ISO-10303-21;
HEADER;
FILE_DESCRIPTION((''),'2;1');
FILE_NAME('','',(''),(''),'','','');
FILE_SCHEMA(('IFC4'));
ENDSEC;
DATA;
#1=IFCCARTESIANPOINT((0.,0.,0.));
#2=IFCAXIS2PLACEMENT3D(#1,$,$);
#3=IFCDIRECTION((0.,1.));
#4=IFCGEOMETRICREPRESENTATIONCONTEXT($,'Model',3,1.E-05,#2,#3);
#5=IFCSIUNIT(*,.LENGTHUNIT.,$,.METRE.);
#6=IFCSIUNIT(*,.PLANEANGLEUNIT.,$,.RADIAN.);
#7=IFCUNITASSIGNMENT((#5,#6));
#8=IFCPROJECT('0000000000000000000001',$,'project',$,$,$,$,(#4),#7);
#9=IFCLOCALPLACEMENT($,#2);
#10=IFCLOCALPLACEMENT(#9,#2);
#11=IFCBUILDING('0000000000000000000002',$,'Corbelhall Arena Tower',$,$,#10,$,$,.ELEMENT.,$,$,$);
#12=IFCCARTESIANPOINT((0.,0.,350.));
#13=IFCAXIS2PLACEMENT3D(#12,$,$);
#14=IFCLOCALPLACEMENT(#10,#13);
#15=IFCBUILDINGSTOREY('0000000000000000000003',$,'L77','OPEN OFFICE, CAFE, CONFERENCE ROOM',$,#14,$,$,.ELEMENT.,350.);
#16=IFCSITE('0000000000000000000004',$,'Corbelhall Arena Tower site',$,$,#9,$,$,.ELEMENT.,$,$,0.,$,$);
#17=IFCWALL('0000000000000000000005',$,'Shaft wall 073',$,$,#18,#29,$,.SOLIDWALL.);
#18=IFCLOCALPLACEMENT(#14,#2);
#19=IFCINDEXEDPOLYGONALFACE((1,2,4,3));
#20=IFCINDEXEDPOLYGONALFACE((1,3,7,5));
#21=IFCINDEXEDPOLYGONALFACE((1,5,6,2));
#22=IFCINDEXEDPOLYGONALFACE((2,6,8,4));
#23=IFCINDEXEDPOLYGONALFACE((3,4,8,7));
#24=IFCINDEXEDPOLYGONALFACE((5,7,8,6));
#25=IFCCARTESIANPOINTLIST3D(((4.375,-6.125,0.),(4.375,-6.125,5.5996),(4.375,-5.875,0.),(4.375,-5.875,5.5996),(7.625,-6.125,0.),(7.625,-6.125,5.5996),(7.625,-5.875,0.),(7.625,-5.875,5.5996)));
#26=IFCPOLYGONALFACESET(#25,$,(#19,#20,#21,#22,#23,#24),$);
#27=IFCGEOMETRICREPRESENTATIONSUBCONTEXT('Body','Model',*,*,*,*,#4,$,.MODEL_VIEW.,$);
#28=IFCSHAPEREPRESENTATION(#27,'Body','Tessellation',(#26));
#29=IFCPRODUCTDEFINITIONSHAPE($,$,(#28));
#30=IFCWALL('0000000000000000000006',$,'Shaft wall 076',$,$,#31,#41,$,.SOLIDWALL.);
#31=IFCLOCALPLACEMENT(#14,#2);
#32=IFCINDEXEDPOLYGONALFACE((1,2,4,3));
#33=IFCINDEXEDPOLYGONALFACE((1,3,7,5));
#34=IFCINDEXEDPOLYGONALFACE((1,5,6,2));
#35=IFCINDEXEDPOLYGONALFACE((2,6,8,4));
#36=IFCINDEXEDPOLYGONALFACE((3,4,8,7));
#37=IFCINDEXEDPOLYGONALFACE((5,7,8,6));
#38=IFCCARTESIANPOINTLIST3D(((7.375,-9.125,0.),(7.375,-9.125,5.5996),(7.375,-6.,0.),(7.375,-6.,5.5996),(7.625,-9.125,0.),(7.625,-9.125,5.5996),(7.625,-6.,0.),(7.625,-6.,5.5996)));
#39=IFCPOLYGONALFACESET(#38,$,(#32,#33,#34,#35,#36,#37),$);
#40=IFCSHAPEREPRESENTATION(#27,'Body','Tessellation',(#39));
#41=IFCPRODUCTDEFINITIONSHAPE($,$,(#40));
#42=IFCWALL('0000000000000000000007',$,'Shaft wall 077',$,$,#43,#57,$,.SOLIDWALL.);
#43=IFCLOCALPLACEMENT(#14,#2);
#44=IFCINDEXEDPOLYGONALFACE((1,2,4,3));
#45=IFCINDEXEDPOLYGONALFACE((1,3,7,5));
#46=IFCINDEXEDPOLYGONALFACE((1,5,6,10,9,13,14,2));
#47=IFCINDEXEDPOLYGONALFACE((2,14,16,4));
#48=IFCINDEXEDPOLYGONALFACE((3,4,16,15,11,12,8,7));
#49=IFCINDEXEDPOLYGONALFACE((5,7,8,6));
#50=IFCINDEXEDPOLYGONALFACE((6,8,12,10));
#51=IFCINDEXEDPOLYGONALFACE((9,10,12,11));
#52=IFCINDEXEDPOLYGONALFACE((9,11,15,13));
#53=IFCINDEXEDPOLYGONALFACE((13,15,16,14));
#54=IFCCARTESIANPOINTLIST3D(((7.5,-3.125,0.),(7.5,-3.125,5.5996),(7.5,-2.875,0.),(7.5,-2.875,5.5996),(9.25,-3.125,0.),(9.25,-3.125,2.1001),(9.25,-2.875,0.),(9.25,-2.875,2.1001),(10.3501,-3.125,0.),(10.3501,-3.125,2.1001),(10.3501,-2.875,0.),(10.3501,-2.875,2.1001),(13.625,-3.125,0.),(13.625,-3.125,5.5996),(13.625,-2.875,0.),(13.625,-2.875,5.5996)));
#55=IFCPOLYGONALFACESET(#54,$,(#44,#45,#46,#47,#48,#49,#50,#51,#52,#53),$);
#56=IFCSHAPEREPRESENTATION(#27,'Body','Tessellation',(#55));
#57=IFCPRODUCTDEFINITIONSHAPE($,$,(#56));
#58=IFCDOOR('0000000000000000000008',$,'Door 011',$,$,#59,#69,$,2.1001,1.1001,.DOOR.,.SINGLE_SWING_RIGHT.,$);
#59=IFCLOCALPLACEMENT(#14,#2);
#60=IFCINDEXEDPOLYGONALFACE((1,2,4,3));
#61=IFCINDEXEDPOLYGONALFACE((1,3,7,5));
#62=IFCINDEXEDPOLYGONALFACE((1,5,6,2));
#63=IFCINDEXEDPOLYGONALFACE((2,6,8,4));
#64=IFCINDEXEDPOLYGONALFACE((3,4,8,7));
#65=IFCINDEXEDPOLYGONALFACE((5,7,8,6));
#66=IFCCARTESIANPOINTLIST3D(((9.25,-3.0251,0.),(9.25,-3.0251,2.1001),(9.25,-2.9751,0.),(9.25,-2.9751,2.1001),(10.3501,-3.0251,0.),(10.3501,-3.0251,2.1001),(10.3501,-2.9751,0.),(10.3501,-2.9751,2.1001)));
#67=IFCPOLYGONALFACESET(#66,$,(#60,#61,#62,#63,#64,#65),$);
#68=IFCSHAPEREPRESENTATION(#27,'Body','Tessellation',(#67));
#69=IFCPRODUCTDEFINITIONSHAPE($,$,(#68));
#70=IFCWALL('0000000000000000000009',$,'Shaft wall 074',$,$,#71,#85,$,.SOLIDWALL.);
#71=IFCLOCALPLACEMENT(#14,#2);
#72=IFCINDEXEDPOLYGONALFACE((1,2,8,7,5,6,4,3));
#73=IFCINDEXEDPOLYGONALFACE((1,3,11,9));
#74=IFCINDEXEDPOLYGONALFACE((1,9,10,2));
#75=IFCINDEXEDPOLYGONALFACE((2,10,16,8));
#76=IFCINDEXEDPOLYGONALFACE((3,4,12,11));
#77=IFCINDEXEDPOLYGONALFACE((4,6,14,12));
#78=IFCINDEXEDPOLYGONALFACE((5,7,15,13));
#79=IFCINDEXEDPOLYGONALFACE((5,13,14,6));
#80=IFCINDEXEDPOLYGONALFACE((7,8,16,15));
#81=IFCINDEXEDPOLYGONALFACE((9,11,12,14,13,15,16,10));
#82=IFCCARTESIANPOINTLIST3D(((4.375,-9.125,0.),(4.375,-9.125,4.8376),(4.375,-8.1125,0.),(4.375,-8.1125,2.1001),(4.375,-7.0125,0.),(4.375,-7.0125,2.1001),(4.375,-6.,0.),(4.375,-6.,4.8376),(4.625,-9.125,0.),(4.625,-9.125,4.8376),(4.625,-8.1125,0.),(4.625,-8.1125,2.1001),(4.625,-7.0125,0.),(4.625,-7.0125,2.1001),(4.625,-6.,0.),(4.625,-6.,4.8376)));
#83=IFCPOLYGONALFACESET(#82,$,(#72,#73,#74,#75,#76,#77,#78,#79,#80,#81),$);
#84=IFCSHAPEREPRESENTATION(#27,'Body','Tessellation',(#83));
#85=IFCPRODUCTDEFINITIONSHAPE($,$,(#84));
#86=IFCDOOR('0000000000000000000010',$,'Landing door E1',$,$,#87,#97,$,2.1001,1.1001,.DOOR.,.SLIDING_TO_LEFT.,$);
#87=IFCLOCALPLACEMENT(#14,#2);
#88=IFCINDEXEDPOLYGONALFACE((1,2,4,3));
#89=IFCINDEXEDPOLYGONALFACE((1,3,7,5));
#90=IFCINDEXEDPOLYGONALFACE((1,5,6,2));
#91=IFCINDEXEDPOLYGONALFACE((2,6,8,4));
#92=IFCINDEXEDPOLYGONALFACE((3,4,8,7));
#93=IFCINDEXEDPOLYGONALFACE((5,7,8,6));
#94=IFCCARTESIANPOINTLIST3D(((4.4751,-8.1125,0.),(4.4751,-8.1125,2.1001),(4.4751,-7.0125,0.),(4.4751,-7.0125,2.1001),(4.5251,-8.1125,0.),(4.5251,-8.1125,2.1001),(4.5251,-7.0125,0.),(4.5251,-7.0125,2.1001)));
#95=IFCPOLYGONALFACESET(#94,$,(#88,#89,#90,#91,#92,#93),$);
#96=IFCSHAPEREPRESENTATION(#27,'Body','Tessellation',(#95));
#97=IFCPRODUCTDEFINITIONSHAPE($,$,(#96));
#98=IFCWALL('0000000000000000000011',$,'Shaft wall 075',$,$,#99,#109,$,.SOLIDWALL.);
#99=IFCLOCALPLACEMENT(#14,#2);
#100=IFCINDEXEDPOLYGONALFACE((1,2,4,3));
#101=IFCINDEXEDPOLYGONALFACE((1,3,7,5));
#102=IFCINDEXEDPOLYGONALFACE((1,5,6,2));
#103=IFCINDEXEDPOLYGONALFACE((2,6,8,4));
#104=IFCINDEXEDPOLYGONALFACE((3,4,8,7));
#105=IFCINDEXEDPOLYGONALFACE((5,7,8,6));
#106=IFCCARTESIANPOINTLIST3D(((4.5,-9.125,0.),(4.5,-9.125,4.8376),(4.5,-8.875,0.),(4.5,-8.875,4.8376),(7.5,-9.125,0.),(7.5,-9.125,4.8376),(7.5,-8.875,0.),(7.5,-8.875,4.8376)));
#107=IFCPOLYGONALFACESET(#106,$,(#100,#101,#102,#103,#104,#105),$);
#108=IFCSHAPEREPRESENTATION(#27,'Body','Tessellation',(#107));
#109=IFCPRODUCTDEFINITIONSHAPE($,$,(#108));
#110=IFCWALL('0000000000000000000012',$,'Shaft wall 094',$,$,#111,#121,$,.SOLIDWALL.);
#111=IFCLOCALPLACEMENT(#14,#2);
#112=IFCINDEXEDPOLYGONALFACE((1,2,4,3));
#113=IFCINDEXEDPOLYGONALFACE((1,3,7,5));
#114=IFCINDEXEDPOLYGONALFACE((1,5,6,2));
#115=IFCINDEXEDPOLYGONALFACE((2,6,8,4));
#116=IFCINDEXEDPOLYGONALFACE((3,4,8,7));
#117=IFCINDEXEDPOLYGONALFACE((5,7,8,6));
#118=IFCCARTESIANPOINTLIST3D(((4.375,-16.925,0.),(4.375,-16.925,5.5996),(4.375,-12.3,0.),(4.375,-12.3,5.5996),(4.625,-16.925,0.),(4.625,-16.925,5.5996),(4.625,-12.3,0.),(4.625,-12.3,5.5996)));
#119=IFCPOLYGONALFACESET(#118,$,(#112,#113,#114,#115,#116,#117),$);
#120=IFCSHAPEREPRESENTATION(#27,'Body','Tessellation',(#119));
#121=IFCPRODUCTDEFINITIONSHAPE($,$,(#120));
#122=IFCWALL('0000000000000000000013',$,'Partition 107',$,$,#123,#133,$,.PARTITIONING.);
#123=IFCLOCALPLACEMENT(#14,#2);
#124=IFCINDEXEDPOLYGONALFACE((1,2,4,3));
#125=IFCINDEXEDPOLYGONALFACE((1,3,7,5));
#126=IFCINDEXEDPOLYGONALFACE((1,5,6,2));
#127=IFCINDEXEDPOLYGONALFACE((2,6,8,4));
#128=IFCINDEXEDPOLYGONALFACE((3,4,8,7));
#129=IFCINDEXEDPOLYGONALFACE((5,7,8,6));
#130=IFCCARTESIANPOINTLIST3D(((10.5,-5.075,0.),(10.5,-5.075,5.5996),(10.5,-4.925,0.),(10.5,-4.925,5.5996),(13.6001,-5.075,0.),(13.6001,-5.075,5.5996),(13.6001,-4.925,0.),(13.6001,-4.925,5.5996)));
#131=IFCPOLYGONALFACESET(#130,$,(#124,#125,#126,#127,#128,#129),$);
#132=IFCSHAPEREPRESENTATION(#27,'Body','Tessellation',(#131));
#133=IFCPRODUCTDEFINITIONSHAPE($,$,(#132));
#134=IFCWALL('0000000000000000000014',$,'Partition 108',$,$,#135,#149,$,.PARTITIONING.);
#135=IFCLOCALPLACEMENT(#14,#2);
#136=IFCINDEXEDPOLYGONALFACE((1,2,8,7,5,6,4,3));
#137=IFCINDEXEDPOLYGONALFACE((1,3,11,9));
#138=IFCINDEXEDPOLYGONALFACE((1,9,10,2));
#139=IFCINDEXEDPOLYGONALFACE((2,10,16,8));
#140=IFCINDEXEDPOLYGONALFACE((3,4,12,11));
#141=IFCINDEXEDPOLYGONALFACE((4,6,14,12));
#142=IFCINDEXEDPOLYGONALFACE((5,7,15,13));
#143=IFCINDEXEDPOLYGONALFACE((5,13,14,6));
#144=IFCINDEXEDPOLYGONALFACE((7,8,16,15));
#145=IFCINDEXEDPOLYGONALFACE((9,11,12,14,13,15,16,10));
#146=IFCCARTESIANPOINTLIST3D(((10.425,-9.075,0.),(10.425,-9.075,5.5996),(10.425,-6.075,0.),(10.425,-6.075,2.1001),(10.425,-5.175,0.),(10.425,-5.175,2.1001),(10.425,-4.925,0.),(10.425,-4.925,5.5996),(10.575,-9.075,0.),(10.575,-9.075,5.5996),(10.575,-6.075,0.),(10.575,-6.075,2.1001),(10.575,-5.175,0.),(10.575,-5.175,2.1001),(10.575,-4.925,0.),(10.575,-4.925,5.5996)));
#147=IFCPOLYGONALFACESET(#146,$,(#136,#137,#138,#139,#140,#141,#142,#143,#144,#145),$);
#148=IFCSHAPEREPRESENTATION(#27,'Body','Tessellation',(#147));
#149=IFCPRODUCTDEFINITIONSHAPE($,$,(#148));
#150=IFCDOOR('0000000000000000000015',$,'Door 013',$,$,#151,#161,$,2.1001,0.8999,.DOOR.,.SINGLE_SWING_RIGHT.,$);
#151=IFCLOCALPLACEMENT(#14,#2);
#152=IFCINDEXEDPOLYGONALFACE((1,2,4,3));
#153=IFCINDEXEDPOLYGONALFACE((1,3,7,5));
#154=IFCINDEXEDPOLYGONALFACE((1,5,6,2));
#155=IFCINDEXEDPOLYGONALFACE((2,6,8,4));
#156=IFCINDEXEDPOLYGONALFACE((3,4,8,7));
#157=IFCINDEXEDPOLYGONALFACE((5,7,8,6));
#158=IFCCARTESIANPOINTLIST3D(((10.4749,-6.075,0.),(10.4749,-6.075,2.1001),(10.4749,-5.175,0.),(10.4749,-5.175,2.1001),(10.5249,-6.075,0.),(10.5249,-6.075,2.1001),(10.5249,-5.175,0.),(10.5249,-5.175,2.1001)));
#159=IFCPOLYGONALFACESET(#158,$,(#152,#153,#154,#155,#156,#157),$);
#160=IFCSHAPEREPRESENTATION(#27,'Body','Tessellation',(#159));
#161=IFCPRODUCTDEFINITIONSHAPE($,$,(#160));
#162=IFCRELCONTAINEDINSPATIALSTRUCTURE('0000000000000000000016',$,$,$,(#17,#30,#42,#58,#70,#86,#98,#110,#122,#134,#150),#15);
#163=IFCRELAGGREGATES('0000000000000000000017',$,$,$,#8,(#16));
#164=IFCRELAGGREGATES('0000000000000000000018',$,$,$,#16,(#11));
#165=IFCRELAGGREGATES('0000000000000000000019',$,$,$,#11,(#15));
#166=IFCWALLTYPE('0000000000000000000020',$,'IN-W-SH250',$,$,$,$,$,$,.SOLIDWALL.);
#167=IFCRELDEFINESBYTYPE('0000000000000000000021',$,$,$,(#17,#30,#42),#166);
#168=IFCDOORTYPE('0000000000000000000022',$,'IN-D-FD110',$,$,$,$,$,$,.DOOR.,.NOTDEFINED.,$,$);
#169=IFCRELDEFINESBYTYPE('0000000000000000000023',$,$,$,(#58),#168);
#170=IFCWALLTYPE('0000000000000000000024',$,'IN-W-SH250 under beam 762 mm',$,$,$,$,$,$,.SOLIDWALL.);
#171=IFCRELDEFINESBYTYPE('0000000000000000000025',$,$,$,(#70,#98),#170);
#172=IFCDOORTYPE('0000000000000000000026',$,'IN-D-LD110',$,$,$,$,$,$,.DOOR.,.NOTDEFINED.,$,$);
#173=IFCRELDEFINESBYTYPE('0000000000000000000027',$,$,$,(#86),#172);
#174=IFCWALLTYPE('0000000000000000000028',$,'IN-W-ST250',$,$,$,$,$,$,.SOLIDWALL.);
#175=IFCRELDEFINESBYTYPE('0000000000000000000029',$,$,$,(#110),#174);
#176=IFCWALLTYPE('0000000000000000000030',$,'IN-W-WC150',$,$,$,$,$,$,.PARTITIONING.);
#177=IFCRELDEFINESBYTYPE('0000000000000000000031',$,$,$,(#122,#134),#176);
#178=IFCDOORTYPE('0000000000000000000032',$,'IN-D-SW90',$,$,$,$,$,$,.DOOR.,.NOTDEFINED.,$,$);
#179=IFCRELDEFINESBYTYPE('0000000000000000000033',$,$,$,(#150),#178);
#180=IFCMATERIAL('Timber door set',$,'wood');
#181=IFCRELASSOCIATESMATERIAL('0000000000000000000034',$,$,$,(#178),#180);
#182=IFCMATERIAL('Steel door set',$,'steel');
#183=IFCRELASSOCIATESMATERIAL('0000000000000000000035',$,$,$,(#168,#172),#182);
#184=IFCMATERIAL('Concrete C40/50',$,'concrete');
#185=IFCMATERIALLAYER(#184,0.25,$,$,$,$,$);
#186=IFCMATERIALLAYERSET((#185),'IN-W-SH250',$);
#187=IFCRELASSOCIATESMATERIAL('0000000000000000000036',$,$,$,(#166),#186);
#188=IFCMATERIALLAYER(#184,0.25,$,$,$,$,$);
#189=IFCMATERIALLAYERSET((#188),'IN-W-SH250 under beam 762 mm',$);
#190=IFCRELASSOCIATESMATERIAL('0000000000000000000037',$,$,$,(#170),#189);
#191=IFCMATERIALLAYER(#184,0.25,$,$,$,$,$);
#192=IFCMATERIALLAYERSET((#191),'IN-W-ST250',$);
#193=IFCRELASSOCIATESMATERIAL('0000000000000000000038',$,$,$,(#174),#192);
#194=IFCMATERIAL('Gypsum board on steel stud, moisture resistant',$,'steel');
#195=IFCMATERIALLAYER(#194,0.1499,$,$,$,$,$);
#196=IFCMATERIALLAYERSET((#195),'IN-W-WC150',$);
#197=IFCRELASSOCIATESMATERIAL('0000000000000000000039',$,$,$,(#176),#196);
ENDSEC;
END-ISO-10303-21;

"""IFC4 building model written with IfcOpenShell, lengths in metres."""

from ifc_helpers import new_model, si_unit, direction, frame, frame_2d, origin, place, context, subcontext, project, spatial, rectangle, extrude, material, layer, layer_set, type_object, element, fill, save


model = new_model("IFC4")

# Units and contexts
model_context = context("Model", 3, precision=1e-05, world=origin(), true_north=direction((0.0, 1.0)))
body_context = subcontext(model_context, "Body", "Model", "MODEL_VIEW")
ifc_project = project(units=[si_unit("LENGTHUNIT", "METRE"), si_unit("PLANEANGLEUNIT", "RADIAN")], contexts=[model_context])

# Site, building, storey
site_placement = place(None, origin())
site = spatial("IfcSite", under=ifc_project, at=site_placement, Name="Corbelhall Arena Tower site", CompositionType="ELEMENT", RefElevation=0.0)
building_placement = place(site_placement, origin())
building = spatial("IfcBuilding", under=site, at=building_placement, Name="Corbelhall Arena Tower", CompositionType="ELEMENT")
storey_placement = place(building_placement, frame((0.0, 0.0, 350.0)))
storey = spatial("IfcBuildingStorey", under=building, at=storey_placement, Name="L77", Description="OPEN OFFICE, CAFE, CONFERENCE ROOM", CompositionType="ELEMENT", Elevation=350.0)

# Shared definitions
ifc_material_1 = material(Name="Concrete C40/50", Category="concrete")

# Shared definitions
ifc_material_2 = material(Name="Timber door set", Category="wood")
door_type_1 = type_object("IfcDoorType", Name="IN-D-SW90", OperationType="NOTDEFINED", PredefinedType="DOOR", material=ifc_material_2)

# Shared definitions
ifc_material_3 = material(Name="Steel door set", Category="steel")
door_type_2 = type_object("IfcDoorType", Name="IN-D-FD110", OperationType="NOTDEFINED", PredefinedType="DOOR", material=ifc_material_3)

# Walls
ifc_layer_1 = layer(ifc_material_1, 0.25)
ifc_layer_set_1 = layer_set([ifc_layer_1], Name="IN-W-SH250")
wall_type_1 = type_object("IfcWallType", Name="IN-W-SH250", PredefinedType="SOLIDWALL", material=ifc_layer_set_1)
wall_1_placement = place(storey_placement, frame((4.375, -6.0, 0.0), z_axis=(0.0, 0.0, 1.0), x_axis=(1.0, 0.0, 0.0)))
element("IfcWall", 1, at=wall_1_placement, inside=storey, type_object=wall_type_1, Name="Shaft wall 073", PredefinedType="SOLIDWALL", context=body_context, shape_type="SweptSolid", body=[
    extrude(rectangle(XDim=3.25, YDim=0.25, at=frame_2d((1.625, 0.0))), origin(), (0.0, 0.0, 1.0), 5.5996),
])
wall_2_placement = place(storey_placement, frame((7.5, -6.0, 0.0), z_axis=(0.0, 0.0, 1.0), x_axis=(0.0, -1.0, 0.0)))
element("IfcWall", 2, at=wall_2_placement, inside=storey, type_object=wall_type_1, Name="Shaft wall 076", PredefinedType="SOLIDWALL", context=body_context, shape_type="SweptSolid", body=[
    extrude(rectangle(XDim=3.125, YDim=0.25, at=frame_2d((1.5625, 0.0))), origin(), (0.0, 0.0, 1.0), 5.5996),
])

# Walls, openings, doors
wall_3_placement = place(storey_placement, frame((7.5, -3.0, 0.0), z_axis=(0.0, 0.0, 1.0), x_axis=(1.0, 0.0, 0.0)))
wall_3 = element("IfcWall", 3, at=wall_3_placement, inside=storey, type_object=wall_type_1, Name="Shaft wall 077", PredefinedType="SOLIDWALL", context=body_context, shape_type="SweptSolid", body=[
    extrude(rectangle(XDim=6.125, YDim=0.25, at=frame_2d((3.0625, 0.0))), origin(), (0.0, 0.0, 1.0), 5.5996),
])
opening_1_placement = place(wall_3_placement, frame((1.75, 0.0, 0.0)))
opening_1 = element("IfcOpeningElement", 4, at=opening_1_placement, cuts=wall_3, PredefinedType="OPENING", context=body_context, shape_type="SweptSolid", body=[
    extrude(rectangle(XDim=1.1001, YDim=2.1001, at=frame_2d((0.55, 1.05))), frame((0.0, 0.125, 0.0), z_axis=(0.0, -1.0, 0.0), x_axis=(1.0, 0.0, 0.0)), (0.0, 0.0, 1.0), 0.25),
])
door_1_placement = place(opening_1_placement, origin())
door_1 = element("IfcDoor", 5, at=door_1_placement, inside=storey, type_object=door_type_2, Name="Door 011", OperationType="SINGLE_SWING_RIGHT", OverallHeight=2.1001, OverallWidth=1.1001, PredefinedType="DOOR", context=body_context, shape_type="SweptSolid", body=[
    extrude(rectangle(XDim=1.1001, YDim=2.1001, at=frame_2d((0.55, 1.05))), frame((0.0, 0.0249, 0.0), z_axis=(0.0, -1.0, 0.0), x_axis=(1.0, 0.0, 0.0)), (0.0, 0.0, 1.0), 0.05),
])
fill(opening_1, door_1)
ifc_layer_2 = layer(ifc_material_1, 0.25)
ifc_layer_set_2 = layer_set([ifc_layer_2], Name="IN-W-SH250 under beam 762 mm")
wall_type_2 = type_object("IfcWallType", Name="IN-W-SH250 under beam 762 mm", PredefinedType="SOLIDWALL", material=ifc_layer_set_2)
wall_4_placement = place(storey_placement, frame((4.5, -9.125, 0.0), z_axis=(0.0, 0.0, 1.0), x_axis=(0.0, 1.0, 0.0)))
wall_4 = element("IfcWall", 6, at=wall_4_placement, inside=storey, type_object=wall_type_2, Name="Shaft wall 074", PredefinedType="SOLIDWALL", context=body_context, shape_type="SweptSolid", body=[
    extrude(rectangle(XDim=3.125, YDim=0.25, at=frame_2d((1.5625, 0.0))), origin(), (0.0, 0.0, 1.0), 4.8376),
])
opening_2_placement = place(wall_4_placement, frame((1.0125, 0.0, 0.0)))
opening_2 = element("IfcOpeningElement", 7, at=opening_2_placement, cuts=wall_4, PredefinedType="OPENING", context=body_context, shape_type="SweptSolid", body=[
    extrude(rectangle(XDim=1.1001, YDim=2.1001, at=frame_2d((0.55, 1.05))), frame((0.0, 0.125, 0.0), z_axis=(0.0, -1.0, 0.0), x_axis=(1.0, 0.0, 0.0)), (0.0, 0.0, 1.0), 0.25),
])
door_type_3 = type_object("IfcDoorType", Name="IN-D-LD110", OperationType="NOTDEFINED", PredefinedType="DOOR", material=ifc_material_3)
door_2_placement = place(opening_2_placement, origin())
door_2 = element("IfcDoor", 8, at=door_2_placement, inside=storey, type_object=door_type_3, Name="Landing door E1", OperationType="SLIDING_TO_LEFT", OverallHeight=2.1001, OverallWidth=1.1001, PredefinedType="DOOR", context=body_context, shape_type="SweptSolid", body=[
    extrude(rectangle(XDim=1.1001, YDim=2.1001, at=frame_2d((0.55, 1.05))), frame((0.0, 0.0249, 0.0), z_axis=(0.0, -1.0, 0.0), x_axis=(1.0, 0.0, 0.0)), (0.0, 0.0, 1.0), 0.05),
])
fill(opening_2, door_2)

# Walls
wall_5_placement = place(storey_placement, frame((7.5, -9.0, 0.0), z_axis=(0.0, 0.0, 1.0), x_axis=(-1.0, 0.0, 0.0)))
element("IfcWall", 9, at=wall_5_placement, inside=storey, type_object=wall_type_2, Name="Shaft wall 075", PredefinedType="SOLIDWALL", context=body_context, shape_type="SweptSolid", body=[
    extrude(rectangle(XDim=3.0, YDim=0.25, at=frame_2d((1.5, 0.0))), origin(), (0.0, 0.0, 1.0), 4.8376),
])
ifc_layer_3 = layer(ifc_material_1, 0.25)
ifc_layer_set_3 = layer_set([ifc_layer_3], Name="IN-W-ST250")
wall_type_3 = type_object("IfcWallType", Name="IN-W-ST250", PredefinedType="SOLIDWALL", material=ifc_layer_set_3)
wall_6_placement = place(storey_placement, frame((4.5, -16.925, 0.0), z_axis=(0.0, 0.0, 1.0), x_axis=(0.0, 1.0, 0.0)))
element("IfcWall", 10, at=wall_6_placement, inside=storey, type_object=wall_type_3, Name="Shaft wall 094", PredefinedType="SOLIDWALL", context=body_context, shape_type="SweptSolid", body=[
    extrude(rectangle(XDim=4.625, YDim=0.25, at=frame_2d((2.3125, 0.0))), origin(), (0.0, 0.0, 1.0), 5.5996),
])
ifc_material_4 = material(Name="Gypsum board on steel stud, moisture resistant", Category="steel")
ifc_layer_4 = layer(ifc_material_4, 0.1499)
ifc_layer_set_4 = layer_set([ifc_layer_4], Name="IN-W-WC150")
wall_type_4 = type_object("IfcWallType", Name="IN-W-WC150", PredefinedType="PARTITIONING", material=ifc_layer_set_4)
wall_7_placement = place(storey_placement, frame((10.5, -5.0, 0.0), z_axis=(0.0, 0.0, 1.0), x_axis=(1.0, 0.0, 0.0)))
element("IfcWall", 11, at=wall_7_placement, inside=storey, type_object=wall_type_4, Name="Partition 107", PredefinedType="PARTITIONING", context=body_context, shape_type="SweptSolid", body=[
    extrude(rectangle(XDim=3.1001, YDim=0.1499, at=frame_2d((1.55, 0.0))), origin(), (0.0, 0.0, 1.0), 5.5996),
])

# Wall, opening, door
wall_8_placement = place(storey_placement, frame((10.5, -4.925, 0.0), z_axis=(0.0, 0.0, 1.0), x_axis=(0.0, -1.0, 0.0)))
wall_8 = element("IfcWall", 12, at=wall_8_placement, inside=storey, type_object=wall_type_4, Name="Partition 108", PredefinedType="PARTITIONING", context=body_context, shape_type="SweptSolid", body=[
    extrude(rectangle(XDim=4.1499, YDim=0.1499, at=frame_2d((2.075, 0.0))), origin(), (0.0, 0.0, 1.0), 5.5996),
])
opening_3_placement = place(wall_8_placement, frame((0.25, 0.0, 0.0)))
opening_3 = element("IfcOpeningElement", 13, at=opening_3_placement, cuts=wall_8, PredefinedType="OPENING", context=body_context, shape_type="SweptSolid", body=[
    extrude(rectangle(XDim=0.8999, YDim=2.1001, at=frame_2d((0.45, 1.05))), frame((0.0, 0.075, 0.0), z_axis=(0.0, -1.0, 0.0), x_axis=(1.0, 0.0, 0.0)), (0.0, 0.0, 1.0), 0.1499),
])
door_3_placement = place(opening_3_placement, origin())
door_3 = element("IfcDoor", 14, at=door_3_placement, inside=storey, type_object=door_type_1, Name="Door 013", OperationType="SINGLE_SWING_RIGHT", OverallHeight=2.1001, OverallWidth=0.8999, PredefinedType="DOOR", context=body_context, shape_type="SweptSolid", body=[
    extrude(rectangle(XDim=0.8999, YDim=2.1001, at=frame_2d((0.45, 1.05))), frame((0.0, 0.0249, 0.0), z_axis=(0.0, -1.0, 0.0), x_axis=(1.0, 0.0, 0.0)), (0.0, 0.0, 1.0), 0.05),
])
fill(opening_3, door_3)

save(model, "model.ifc")
